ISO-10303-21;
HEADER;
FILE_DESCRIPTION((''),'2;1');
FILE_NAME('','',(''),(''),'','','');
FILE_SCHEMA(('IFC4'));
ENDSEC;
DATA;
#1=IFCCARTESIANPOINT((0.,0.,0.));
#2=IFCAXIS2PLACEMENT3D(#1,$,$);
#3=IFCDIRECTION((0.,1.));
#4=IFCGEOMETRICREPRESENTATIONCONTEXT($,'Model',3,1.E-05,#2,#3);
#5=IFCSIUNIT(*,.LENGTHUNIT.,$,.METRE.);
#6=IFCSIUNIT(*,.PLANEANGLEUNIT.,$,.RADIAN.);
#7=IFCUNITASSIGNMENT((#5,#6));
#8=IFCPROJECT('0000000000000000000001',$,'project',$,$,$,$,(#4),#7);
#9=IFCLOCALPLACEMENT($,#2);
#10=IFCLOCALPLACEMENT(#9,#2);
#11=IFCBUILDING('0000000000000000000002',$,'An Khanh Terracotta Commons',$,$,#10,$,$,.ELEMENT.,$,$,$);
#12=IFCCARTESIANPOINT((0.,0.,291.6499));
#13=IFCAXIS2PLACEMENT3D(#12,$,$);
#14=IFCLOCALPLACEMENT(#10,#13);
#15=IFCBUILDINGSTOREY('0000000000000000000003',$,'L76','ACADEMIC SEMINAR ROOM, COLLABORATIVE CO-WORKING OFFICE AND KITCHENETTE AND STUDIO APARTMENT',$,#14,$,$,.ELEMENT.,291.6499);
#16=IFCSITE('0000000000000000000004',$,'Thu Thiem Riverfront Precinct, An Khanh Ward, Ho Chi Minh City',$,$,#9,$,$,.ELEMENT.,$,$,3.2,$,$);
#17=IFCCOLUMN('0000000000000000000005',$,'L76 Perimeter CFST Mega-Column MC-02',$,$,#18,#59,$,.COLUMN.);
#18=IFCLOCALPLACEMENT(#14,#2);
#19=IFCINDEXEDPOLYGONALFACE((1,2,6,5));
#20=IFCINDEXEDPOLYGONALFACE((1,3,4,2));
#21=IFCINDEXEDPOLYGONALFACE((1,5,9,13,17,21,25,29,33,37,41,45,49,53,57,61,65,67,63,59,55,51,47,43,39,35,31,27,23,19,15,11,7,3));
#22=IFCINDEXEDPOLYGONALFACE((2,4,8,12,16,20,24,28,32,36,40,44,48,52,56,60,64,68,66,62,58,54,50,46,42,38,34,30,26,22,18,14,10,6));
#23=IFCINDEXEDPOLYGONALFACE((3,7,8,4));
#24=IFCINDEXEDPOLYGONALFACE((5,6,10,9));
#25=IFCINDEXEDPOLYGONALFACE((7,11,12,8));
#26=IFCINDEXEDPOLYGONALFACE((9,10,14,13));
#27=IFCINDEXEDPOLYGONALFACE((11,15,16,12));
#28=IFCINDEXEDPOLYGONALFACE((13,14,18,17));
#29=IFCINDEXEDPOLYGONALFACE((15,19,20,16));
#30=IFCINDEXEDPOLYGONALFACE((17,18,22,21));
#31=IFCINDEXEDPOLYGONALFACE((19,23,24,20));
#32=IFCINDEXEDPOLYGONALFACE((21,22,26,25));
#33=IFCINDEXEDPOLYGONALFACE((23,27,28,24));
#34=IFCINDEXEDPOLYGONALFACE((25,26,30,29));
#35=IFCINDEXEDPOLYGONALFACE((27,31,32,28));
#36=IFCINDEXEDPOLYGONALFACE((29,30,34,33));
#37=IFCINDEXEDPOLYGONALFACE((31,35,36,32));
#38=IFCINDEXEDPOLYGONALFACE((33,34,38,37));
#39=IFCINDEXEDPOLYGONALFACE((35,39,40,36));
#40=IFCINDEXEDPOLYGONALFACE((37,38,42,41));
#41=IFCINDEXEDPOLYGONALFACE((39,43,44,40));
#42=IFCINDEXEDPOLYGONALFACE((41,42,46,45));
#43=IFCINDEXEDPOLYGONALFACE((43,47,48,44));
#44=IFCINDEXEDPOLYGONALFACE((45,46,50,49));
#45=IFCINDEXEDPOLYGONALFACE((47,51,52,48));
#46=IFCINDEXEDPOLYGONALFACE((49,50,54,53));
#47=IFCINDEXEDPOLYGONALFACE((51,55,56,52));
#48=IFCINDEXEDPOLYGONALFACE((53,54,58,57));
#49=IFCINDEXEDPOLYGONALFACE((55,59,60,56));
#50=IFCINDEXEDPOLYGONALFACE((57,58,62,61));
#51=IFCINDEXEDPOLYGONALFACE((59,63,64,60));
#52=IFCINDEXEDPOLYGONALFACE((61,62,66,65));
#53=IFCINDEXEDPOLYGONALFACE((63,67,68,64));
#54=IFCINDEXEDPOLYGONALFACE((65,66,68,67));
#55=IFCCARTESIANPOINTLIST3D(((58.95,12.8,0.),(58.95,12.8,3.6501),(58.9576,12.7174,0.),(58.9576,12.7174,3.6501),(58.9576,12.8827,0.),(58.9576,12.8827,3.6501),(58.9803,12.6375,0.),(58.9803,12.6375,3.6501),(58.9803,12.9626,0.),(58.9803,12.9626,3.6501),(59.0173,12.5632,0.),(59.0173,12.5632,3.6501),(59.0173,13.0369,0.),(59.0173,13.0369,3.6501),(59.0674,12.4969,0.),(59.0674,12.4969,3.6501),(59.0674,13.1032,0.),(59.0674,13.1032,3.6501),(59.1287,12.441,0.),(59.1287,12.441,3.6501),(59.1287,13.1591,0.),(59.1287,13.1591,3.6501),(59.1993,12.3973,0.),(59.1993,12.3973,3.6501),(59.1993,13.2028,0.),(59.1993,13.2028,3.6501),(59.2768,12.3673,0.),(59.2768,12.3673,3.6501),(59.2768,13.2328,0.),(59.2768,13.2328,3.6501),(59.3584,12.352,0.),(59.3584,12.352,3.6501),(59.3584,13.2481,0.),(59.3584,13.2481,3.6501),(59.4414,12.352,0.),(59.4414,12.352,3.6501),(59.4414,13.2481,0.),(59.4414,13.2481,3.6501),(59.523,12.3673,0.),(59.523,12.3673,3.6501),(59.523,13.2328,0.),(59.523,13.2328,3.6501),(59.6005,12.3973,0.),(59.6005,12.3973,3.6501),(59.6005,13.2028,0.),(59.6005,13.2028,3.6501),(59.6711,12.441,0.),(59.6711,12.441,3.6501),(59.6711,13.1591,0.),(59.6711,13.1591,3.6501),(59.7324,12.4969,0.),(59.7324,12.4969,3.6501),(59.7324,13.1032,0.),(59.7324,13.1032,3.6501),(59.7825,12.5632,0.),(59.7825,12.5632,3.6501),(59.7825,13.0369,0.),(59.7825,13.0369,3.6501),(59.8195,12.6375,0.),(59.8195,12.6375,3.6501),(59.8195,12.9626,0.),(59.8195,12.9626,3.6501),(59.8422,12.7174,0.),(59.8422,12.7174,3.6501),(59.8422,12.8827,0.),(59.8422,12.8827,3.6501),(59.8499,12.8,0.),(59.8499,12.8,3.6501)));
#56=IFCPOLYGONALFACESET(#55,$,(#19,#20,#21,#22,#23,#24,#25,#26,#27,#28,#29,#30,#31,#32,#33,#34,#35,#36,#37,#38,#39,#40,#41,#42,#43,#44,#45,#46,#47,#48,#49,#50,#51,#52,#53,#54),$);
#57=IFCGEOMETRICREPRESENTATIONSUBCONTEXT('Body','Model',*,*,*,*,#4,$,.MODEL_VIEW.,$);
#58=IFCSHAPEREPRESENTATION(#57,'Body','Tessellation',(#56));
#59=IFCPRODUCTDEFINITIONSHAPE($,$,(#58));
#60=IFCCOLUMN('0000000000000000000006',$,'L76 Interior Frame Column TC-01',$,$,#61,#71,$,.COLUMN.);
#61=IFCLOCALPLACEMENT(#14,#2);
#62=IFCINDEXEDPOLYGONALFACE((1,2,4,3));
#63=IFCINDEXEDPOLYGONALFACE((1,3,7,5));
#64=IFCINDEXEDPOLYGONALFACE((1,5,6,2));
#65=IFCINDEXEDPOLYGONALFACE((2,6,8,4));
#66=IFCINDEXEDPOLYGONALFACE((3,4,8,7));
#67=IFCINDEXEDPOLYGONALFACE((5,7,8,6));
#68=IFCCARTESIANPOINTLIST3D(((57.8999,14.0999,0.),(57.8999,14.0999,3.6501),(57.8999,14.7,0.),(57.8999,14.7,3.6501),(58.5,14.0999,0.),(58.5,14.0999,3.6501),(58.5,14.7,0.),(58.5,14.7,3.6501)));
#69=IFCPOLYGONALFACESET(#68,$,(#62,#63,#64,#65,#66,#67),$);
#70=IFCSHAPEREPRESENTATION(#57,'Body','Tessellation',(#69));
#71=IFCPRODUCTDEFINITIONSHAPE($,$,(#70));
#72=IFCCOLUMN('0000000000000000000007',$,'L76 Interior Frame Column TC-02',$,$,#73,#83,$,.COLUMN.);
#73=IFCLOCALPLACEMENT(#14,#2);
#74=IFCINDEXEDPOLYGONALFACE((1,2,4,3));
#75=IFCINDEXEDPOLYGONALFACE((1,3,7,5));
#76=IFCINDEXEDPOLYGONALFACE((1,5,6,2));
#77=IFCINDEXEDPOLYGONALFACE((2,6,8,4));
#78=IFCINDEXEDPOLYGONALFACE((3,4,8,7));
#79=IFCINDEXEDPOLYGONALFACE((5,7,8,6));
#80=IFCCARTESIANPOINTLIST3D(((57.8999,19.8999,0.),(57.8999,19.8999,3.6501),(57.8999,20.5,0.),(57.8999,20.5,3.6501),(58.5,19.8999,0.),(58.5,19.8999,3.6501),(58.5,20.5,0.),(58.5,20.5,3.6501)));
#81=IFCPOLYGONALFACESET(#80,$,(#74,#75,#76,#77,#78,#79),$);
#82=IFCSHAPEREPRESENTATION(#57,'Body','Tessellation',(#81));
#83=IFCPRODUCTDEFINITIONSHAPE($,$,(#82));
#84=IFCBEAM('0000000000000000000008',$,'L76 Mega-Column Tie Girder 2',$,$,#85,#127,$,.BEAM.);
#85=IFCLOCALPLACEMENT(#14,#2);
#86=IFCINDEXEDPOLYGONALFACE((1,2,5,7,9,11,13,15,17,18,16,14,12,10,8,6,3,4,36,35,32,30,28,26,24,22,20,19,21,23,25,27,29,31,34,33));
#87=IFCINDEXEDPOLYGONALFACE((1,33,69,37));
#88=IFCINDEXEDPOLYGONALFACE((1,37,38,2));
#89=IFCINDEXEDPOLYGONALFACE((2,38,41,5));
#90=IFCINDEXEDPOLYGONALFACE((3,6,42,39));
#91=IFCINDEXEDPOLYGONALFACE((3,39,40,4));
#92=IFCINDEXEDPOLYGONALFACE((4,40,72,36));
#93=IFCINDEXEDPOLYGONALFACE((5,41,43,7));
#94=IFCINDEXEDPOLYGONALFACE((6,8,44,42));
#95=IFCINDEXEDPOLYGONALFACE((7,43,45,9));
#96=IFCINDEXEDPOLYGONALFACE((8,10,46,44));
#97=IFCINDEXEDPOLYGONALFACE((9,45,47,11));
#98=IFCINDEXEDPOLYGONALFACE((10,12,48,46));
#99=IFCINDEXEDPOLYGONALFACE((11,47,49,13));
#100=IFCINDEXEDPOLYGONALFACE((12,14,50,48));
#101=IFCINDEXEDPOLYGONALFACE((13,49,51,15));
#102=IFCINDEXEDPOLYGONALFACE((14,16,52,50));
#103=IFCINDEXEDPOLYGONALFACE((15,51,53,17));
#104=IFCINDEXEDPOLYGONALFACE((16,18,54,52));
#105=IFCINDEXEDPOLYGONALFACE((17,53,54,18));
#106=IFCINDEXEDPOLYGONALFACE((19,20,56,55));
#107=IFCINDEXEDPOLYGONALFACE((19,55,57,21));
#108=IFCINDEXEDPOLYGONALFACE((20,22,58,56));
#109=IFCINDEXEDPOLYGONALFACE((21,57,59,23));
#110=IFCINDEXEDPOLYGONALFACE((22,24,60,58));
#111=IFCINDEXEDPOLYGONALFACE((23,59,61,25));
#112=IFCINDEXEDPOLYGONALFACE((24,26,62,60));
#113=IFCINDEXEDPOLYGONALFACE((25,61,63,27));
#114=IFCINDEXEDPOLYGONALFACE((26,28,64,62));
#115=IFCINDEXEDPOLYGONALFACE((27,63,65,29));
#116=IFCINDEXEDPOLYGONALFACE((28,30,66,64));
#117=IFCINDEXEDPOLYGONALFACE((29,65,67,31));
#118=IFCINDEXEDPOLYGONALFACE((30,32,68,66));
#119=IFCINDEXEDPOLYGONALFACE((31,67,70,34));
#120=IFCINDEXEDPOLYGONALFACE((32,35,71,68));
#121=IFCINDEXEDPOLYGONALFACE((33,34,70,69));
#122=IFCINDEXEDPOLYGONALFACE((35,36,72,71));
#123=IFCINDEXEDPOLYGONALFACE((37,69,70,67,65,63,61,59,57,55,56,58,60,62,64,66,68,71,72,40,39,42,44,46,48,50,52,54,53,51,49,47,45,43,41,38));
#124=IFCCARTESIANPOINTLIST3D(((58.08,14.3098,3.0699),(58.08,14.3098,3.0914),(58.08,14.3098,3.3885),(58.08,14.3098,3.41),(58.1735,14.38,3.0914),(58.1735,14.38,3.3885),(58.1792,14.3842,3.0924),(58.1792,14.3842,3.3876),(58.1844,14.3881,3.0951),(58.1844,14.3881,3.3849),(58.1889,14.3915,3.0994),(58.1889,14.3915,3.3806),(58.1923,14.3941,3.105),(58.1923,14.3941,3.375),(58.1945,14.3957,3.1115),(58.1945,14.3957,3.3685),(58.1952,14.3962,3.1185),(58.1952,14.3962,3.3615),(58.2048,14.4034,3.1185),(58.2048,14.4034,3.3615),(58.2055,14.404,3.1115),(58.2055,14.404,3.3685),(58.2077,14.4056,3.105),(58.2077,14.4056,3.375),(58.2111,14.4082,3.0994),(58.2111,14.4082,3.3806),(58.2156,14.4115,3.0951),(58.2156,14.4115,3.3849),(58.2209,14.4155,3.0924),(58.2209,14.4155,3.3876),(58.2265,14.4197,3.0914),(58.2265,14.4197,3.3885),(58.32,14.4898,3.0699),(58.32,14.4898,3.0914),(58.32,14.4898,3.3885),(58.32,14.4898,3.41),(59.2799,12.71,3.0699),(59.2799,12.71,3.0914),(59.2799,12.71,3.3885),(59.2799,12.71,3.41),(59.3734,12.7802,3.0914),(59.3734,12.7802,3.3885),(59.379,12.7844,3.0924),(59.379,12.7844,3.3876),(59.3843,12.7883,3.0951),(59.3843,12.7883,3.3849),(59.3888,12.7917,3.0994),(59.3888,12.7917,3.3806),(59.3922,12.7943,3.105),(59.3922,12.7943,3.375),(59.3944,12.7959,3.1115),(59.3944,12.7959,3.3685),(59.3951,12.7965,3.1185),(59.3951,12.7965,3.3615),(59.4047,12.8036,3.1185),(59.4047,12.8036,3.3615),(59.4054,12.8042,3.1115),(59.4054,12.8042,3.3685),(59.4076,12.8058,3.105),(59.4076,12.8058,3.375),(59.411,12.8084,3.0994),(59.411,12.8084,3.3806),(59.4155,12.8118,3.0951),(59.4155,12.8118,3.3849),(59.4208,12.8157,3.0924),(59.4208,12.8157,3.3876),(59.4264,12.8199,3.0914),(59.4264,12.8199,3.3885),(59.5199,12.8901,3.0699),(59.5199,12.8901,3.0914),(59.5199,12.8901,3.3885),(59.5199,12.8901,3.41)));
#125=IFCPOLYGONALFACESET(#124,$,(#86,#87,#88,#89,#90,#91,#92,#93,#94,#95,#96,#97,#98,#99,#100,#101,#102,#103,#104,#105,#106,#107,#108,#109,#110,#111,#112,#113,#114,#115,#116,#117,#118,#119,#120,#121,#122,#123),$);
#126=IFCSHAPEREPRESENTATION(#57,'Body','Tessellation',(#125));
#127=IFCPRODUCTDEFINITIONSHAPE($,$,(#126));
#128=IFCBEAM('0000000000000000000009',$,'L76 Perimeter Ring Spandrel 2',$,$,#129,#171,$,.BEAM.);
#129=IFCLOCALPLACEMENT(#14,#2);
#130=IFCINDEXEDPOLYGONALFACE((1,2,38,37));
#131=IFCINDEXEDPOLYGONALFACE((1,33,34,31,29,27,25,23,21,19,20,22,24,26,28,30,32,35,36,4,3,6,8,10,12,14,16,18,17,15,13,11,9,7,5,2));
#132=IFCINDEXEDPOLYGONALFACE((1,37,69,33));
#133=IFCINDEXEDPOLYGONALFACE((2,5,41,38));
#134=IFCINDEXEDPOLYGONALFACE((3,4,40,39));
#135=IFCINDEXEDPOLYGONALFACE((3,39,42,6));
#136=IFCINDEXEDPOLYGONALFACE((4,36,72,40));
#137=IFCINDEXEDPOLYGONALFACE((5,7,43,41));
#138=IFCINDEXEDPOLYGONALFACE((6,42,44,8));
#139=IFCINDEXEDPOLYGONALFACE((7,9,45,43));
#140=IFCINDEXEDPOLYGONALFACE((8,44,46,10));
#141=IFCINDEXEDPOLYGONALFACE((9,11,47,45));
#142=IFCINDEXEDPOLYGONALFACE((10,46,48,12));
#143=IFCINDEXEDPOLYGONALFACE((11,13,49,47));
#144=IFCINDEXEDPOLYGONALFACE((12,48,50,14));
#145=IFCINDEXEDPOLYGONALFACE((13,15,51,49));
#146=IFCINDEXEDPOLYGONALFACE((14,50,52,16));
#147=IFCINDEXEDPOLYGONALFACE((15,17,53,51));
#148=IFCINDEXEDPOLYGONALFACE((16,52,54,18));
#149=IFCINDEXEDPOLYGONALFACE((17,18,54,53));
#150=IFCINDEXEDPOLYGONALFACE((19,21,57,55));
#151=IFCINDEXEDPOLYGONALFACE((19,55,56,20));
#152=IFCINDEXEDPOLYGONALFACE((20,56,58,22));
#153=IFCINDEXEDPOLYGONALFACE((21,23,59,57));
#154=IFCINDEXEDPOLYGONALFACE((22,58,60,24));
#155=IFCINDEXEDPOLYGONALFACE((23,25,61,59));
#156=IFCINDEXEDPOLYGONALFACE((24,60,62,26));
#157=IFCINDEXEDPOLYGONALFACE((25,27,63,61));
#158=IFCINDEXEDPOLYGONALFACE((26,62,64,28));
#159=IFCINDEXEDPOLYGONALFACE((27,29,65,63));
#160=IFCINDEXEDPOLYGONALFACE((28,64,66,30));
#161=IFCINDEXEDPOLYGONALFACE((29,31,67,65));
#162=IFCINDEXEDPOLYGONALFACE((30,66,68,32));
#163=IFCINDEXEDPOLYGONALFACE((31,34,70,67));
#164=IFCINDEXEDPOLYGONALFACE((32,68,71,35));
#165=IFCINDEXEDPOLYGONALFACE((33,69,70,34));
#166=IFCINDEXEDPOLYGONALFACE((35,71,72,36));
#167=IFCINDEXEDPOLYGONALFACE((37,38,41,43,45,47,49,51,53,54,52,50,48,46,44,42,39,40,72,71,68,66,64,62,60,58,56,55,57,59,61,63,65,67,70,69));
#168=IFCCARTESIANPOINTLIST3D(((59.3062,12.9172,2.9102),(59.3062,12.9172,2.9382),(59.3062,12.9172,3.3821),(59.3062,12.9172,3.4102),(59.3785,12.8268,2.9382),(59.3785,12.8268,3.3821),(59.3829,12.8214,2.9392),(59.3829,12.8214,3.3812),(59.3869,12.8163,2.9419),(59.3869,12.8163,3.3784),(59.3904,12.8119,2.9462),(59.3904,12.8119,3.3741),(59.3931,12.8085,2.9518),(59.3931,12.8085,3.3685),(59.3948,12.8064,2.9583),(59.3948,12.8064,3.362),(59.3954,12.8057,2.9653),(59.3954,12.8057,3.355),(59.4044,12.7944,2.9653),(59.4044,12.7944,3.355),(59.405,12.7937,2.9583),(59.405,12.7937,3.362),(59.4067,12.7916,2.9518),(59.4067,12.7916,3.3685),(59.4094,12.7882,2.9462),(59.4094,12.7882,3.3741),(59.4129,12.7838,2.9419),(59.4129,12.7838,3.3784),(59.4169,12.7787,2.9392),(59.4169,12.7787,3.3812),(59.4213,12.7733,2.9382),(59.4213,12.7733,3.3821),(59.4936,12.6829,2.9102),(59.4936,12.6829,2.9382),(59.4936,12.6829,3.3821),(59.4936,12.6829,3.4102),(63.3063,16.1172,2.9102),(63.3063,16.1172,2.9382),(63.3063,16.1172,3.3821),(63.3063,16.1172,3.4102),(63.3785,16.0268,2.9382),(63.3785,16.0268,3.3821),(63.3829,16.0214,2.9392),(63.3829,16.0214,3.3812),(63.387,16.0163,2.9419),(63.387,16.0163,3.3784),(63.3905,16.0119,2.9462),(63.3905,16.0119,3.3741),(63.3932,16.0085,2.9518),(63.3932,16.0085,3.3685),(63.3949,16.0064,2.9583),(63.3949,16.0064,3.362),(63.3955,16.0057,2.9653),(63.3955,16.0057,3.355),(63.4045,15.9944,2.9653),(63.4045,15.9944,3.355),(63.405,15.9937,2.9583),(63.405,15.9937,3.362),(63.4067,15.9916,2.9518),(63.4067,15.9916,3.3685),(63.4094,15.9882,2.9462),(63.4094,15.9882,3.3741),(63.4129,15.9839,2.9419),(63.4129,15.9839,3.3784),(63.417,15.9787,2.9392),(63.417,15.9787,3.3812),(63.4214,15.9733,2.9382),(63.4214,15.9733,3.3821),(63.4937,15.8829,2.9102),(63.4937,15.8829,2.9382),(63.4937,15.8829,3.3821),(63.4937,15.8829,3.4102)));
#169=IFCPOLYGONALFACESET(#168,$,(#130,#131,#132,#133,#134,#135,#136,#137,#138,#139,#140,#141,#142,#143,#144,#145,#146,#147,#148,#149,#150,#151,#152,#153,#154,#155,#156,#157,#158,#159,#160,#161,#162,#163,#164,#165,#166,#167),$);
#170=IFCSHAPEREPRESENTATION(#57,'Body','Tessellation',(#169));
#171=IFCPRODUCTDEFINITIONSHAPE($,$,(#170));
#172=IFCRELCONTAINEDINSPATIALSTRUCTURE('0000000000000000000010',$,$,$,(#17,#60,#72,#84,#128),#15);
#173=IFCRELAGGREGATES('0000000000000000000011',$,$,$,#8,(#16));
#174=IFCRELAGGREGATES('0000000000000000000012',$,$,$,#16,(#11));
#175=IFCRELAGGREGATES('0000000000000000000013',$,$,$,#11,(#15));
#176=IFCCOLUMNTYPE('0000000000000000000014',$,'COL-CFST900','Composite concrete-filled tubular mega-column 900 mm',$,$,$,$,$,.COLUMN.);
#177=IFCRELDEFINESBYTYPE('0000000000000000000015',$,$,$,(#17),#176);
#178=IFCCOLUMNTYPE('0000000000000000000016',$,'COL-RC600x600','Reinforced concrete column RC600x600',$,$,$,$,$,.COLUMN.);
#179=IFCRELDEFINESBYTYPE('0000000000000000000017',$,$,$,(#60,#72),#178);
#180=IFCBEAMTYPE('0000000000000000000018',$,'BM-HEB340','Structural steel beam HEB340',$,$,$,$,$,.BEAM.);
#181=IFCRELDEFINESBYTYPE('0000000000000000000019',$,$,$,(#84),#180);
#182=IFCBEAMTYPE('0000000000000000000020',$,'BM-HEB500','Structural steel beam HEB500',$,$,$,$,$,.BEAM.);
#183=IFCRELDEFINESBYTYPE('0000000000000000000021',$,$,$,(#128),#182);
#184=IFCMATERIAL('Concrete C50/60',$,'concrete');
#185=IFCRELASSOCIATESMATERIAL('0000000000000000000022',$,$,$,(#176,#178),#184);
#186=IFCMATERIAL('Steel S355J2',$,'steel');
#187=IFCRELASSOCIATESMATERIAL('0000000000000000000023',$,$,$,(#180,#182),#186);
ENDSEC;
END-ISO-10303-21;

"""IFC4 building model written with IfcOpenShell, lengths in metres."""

from ifc_helpers import new_model, si_unit, direction, frame, origin, origin_2d, place, context, subcontext, project, spatial, rectangle, circle, i_section, extrude, material, material_profile, profile_set, type_object, element, save


model = new_model("IFC4")

# Units and contexts
model_context = context("Model", 3, precision=1e-05, world=origin(), true_north=direction((0.0, 1.0)))
body_context = subcontext(model_context, "Body", "Model", "MODEL_VIEW")
ifc_project = project(units=[si_unit("LENGTHUNIT", "METRE"), si_unit("PLANEANGLEUNIT", "RADIAN")], contexts=[model_context])

# Site, building, storey
site_placement = place(None, origin())
site = spatial("IfcSite", under=ifc_project, at=site_placement, Name="Thu Thiem Riverfront Precinct, An Khanh Ward, Ho Chi Minh City", CompositionType="ELEMENT", RefElevation=3.2)
building_placement = place(site_placement, origin())
building = spatial("IfcBuilding", under=site, at=building_placement, Name="An Khanh Terracotta Commons", CompositionType="ELEMENT")
storey_placement = place(building_placement, frame((0.0, 0.0, 291.6499)))
storey = spatial("IfcBuildingStorey", under=building, at=storey_placement, Name="L76", Description="ACADEMIC SEMINAR ROOM, COLLABORATIVE CO-WORKING OFFICE AND KITCHENETTE AND STUDIO APARTMENT", CompositionType="ELEMENT", Elevation=291.6499)

# Columns
ifc_material_1 = material(Name="Concrete C50/60", Category="concrete")
ifc_material_profile_1 = material_profile(ifc_material_1, circle(Radius=0.45, at=origin_2d()), Name="CFST900")
ifc_profile_set_1 = profile_set([ifc_material_profile_1], Name="Concrete C50/60")
column_type_1 = type_object("IfcColumnType", Name="COL-CFST900", Description="Composite concrete-filled tubular mega-column 900 mm", PredefinedType="COLUMN", material=ifc_profile_set_1)
column_placement = place(storey_placement, frame((59.3999, 12.8, 0.0), z_axis=(0.0, 0.0, 1.0), x_axis=(1.0, 0.0, 0.0)))
element("IfcColumn", 1, at=column_placement, inside=storey, type_object=column_type_1, Name="L76 Perimeter CFST Mega-Column MC-02", PredefinedType="COLUMN", context=body_context, shape_type="SweptSolid", body=[
    extrude(circle(Radius=0.45, at=origin_2d()), origin(), (0.0, 0.0, 1.0), 3.6501),
])
ifc_material_profile_2 = material_profile(ifc_material_1, rectangle(XDim=0.6001, YDim=0.6001, at=origin_2d()), Name="RC600x600")
ifc_profile_set_2 = profile_set([ifc_material_profile_2], Name="Concrete C50/60")
column_type_2 = type_object("IfcColumnType", Name="COL-RC600x600", Description="Reinforced concrete column RC600x600", PredefinedType="COLUMN", material=ifc_profile_set_2)
for number, where, z_axis, x_axis, name in (
    (2, (58.2, 14.3999, 0.0), (0.0, 0.0, 1.0), (1.0, 0.0, 0.0), "L76 Interior Frame Column TC-01"),
    (3, (58.2, 20.2, 0.0), (0.0, 0.0, 1.0), (1.0, 0.0, 0.0), "L76 Interior Frame Column TC-02"),
):
    element("IfcColumn", number, at=place(storey_placement, frame(where, z_axis=z_axis, x_axis=x_axis)), inside=storey, type_object=column_type_2, Name=name, PredefinedType="COLUMN", context=body_context, shape_type="SweptSolid", body=[
        extrude(rectangle(XDim=0.6001, YDim=0.6001, at=origin_2d()), origin(), (0.0, 0.0, 1.0), 3.6501),
    ])

# Beams
ifc_material_2 = material(Name="Steel S355J2", Category="steel")
ifc_material_profile_3 = material_profile(ifc_material_2, i_section(OverallWidth=0.3, OverallDepth=0.3401, WebThickness=0.012, FlangeThickness=0.0215, FilletRadius=0.0271, at=origin_2d()), Name="HEB340")
ifc_profile_set_3 = profile_set([ifc_material_profile_3], Name="Steel S355J2")
beam_type_1 = type_object("IfcBeamType", Name="BM-HEB340", Description="Structural steel beam HEB340", PredefinedType="BEAM", material=ifc_profile_set_3)
beam_1_placement = place(storey_placement, frame((59.3999, 12.8, 3.24), z_axis=(-0.60002, 0.799985, 0.0), x_axis=(-0.799985, -0.60002, 0.0)))
element("IfcBeam", 4, at=beam_1_placement, inside=storey, type_object=beam_type_1, Name="L76 Mega-Column Tie Girder 2", PredefinedType="BEAM", context=body_context, shape_type="SweptSolid", body=[
    extrude(i_section(OverallWidth=0.3, OverallDepth=0.3401, WebThickness=0.012, FlangeThickness=0.0215, FilletRadius=0.0271, at=origin_2d()), origin(), (0.0, 0.0, 1.0), 1.9998),
])
ifc_material_profile_4 = material_profile(ifc_material_2, i_section(OverallWidth=0.3, OverallDepth=0.5, WebThickness=0.0144, FlangeThickness=0.0281, FilletRadius=0.0271, at=origin_2d()), Name="HEB500")
ifc_profile_set_4 = profile_set([ifc_material_profile_4], Name="Steel S355J2")
beam_type_2 = type_object("IfcBeamType", Name="BM-HEB500", Description="Structural steel beam HEB500", PredefinedType="BEAM", material=ifc_profile_set_4)
beam_2_placement = place(storey_placement, frame((59.3999, 12.8, 3.1602), z_axis=(0.780873, 0.624689, 0.0), x_axis=(-0.624689, 0.780873, 0.0)))
element("IfcBeam", 5, at=beam_2_placement, inside=storey, type_object=beam_type_2, Name="L76 Perimeter Ring Spandrel 2", PredefinedType="BEAM", context=body_context, shape_type="SweptSolid", body=[
    extrude(i_section(OverallWidth=0.3, OverallDepth=0.5, WebThickness=0.0144, FlangeThickness=0.0281, FilletRadius=0.0271, at=origin_2d()), origin(), (0.0, 0.0, 1.0), 5.1226),
])

save(model, "model.ifc")
